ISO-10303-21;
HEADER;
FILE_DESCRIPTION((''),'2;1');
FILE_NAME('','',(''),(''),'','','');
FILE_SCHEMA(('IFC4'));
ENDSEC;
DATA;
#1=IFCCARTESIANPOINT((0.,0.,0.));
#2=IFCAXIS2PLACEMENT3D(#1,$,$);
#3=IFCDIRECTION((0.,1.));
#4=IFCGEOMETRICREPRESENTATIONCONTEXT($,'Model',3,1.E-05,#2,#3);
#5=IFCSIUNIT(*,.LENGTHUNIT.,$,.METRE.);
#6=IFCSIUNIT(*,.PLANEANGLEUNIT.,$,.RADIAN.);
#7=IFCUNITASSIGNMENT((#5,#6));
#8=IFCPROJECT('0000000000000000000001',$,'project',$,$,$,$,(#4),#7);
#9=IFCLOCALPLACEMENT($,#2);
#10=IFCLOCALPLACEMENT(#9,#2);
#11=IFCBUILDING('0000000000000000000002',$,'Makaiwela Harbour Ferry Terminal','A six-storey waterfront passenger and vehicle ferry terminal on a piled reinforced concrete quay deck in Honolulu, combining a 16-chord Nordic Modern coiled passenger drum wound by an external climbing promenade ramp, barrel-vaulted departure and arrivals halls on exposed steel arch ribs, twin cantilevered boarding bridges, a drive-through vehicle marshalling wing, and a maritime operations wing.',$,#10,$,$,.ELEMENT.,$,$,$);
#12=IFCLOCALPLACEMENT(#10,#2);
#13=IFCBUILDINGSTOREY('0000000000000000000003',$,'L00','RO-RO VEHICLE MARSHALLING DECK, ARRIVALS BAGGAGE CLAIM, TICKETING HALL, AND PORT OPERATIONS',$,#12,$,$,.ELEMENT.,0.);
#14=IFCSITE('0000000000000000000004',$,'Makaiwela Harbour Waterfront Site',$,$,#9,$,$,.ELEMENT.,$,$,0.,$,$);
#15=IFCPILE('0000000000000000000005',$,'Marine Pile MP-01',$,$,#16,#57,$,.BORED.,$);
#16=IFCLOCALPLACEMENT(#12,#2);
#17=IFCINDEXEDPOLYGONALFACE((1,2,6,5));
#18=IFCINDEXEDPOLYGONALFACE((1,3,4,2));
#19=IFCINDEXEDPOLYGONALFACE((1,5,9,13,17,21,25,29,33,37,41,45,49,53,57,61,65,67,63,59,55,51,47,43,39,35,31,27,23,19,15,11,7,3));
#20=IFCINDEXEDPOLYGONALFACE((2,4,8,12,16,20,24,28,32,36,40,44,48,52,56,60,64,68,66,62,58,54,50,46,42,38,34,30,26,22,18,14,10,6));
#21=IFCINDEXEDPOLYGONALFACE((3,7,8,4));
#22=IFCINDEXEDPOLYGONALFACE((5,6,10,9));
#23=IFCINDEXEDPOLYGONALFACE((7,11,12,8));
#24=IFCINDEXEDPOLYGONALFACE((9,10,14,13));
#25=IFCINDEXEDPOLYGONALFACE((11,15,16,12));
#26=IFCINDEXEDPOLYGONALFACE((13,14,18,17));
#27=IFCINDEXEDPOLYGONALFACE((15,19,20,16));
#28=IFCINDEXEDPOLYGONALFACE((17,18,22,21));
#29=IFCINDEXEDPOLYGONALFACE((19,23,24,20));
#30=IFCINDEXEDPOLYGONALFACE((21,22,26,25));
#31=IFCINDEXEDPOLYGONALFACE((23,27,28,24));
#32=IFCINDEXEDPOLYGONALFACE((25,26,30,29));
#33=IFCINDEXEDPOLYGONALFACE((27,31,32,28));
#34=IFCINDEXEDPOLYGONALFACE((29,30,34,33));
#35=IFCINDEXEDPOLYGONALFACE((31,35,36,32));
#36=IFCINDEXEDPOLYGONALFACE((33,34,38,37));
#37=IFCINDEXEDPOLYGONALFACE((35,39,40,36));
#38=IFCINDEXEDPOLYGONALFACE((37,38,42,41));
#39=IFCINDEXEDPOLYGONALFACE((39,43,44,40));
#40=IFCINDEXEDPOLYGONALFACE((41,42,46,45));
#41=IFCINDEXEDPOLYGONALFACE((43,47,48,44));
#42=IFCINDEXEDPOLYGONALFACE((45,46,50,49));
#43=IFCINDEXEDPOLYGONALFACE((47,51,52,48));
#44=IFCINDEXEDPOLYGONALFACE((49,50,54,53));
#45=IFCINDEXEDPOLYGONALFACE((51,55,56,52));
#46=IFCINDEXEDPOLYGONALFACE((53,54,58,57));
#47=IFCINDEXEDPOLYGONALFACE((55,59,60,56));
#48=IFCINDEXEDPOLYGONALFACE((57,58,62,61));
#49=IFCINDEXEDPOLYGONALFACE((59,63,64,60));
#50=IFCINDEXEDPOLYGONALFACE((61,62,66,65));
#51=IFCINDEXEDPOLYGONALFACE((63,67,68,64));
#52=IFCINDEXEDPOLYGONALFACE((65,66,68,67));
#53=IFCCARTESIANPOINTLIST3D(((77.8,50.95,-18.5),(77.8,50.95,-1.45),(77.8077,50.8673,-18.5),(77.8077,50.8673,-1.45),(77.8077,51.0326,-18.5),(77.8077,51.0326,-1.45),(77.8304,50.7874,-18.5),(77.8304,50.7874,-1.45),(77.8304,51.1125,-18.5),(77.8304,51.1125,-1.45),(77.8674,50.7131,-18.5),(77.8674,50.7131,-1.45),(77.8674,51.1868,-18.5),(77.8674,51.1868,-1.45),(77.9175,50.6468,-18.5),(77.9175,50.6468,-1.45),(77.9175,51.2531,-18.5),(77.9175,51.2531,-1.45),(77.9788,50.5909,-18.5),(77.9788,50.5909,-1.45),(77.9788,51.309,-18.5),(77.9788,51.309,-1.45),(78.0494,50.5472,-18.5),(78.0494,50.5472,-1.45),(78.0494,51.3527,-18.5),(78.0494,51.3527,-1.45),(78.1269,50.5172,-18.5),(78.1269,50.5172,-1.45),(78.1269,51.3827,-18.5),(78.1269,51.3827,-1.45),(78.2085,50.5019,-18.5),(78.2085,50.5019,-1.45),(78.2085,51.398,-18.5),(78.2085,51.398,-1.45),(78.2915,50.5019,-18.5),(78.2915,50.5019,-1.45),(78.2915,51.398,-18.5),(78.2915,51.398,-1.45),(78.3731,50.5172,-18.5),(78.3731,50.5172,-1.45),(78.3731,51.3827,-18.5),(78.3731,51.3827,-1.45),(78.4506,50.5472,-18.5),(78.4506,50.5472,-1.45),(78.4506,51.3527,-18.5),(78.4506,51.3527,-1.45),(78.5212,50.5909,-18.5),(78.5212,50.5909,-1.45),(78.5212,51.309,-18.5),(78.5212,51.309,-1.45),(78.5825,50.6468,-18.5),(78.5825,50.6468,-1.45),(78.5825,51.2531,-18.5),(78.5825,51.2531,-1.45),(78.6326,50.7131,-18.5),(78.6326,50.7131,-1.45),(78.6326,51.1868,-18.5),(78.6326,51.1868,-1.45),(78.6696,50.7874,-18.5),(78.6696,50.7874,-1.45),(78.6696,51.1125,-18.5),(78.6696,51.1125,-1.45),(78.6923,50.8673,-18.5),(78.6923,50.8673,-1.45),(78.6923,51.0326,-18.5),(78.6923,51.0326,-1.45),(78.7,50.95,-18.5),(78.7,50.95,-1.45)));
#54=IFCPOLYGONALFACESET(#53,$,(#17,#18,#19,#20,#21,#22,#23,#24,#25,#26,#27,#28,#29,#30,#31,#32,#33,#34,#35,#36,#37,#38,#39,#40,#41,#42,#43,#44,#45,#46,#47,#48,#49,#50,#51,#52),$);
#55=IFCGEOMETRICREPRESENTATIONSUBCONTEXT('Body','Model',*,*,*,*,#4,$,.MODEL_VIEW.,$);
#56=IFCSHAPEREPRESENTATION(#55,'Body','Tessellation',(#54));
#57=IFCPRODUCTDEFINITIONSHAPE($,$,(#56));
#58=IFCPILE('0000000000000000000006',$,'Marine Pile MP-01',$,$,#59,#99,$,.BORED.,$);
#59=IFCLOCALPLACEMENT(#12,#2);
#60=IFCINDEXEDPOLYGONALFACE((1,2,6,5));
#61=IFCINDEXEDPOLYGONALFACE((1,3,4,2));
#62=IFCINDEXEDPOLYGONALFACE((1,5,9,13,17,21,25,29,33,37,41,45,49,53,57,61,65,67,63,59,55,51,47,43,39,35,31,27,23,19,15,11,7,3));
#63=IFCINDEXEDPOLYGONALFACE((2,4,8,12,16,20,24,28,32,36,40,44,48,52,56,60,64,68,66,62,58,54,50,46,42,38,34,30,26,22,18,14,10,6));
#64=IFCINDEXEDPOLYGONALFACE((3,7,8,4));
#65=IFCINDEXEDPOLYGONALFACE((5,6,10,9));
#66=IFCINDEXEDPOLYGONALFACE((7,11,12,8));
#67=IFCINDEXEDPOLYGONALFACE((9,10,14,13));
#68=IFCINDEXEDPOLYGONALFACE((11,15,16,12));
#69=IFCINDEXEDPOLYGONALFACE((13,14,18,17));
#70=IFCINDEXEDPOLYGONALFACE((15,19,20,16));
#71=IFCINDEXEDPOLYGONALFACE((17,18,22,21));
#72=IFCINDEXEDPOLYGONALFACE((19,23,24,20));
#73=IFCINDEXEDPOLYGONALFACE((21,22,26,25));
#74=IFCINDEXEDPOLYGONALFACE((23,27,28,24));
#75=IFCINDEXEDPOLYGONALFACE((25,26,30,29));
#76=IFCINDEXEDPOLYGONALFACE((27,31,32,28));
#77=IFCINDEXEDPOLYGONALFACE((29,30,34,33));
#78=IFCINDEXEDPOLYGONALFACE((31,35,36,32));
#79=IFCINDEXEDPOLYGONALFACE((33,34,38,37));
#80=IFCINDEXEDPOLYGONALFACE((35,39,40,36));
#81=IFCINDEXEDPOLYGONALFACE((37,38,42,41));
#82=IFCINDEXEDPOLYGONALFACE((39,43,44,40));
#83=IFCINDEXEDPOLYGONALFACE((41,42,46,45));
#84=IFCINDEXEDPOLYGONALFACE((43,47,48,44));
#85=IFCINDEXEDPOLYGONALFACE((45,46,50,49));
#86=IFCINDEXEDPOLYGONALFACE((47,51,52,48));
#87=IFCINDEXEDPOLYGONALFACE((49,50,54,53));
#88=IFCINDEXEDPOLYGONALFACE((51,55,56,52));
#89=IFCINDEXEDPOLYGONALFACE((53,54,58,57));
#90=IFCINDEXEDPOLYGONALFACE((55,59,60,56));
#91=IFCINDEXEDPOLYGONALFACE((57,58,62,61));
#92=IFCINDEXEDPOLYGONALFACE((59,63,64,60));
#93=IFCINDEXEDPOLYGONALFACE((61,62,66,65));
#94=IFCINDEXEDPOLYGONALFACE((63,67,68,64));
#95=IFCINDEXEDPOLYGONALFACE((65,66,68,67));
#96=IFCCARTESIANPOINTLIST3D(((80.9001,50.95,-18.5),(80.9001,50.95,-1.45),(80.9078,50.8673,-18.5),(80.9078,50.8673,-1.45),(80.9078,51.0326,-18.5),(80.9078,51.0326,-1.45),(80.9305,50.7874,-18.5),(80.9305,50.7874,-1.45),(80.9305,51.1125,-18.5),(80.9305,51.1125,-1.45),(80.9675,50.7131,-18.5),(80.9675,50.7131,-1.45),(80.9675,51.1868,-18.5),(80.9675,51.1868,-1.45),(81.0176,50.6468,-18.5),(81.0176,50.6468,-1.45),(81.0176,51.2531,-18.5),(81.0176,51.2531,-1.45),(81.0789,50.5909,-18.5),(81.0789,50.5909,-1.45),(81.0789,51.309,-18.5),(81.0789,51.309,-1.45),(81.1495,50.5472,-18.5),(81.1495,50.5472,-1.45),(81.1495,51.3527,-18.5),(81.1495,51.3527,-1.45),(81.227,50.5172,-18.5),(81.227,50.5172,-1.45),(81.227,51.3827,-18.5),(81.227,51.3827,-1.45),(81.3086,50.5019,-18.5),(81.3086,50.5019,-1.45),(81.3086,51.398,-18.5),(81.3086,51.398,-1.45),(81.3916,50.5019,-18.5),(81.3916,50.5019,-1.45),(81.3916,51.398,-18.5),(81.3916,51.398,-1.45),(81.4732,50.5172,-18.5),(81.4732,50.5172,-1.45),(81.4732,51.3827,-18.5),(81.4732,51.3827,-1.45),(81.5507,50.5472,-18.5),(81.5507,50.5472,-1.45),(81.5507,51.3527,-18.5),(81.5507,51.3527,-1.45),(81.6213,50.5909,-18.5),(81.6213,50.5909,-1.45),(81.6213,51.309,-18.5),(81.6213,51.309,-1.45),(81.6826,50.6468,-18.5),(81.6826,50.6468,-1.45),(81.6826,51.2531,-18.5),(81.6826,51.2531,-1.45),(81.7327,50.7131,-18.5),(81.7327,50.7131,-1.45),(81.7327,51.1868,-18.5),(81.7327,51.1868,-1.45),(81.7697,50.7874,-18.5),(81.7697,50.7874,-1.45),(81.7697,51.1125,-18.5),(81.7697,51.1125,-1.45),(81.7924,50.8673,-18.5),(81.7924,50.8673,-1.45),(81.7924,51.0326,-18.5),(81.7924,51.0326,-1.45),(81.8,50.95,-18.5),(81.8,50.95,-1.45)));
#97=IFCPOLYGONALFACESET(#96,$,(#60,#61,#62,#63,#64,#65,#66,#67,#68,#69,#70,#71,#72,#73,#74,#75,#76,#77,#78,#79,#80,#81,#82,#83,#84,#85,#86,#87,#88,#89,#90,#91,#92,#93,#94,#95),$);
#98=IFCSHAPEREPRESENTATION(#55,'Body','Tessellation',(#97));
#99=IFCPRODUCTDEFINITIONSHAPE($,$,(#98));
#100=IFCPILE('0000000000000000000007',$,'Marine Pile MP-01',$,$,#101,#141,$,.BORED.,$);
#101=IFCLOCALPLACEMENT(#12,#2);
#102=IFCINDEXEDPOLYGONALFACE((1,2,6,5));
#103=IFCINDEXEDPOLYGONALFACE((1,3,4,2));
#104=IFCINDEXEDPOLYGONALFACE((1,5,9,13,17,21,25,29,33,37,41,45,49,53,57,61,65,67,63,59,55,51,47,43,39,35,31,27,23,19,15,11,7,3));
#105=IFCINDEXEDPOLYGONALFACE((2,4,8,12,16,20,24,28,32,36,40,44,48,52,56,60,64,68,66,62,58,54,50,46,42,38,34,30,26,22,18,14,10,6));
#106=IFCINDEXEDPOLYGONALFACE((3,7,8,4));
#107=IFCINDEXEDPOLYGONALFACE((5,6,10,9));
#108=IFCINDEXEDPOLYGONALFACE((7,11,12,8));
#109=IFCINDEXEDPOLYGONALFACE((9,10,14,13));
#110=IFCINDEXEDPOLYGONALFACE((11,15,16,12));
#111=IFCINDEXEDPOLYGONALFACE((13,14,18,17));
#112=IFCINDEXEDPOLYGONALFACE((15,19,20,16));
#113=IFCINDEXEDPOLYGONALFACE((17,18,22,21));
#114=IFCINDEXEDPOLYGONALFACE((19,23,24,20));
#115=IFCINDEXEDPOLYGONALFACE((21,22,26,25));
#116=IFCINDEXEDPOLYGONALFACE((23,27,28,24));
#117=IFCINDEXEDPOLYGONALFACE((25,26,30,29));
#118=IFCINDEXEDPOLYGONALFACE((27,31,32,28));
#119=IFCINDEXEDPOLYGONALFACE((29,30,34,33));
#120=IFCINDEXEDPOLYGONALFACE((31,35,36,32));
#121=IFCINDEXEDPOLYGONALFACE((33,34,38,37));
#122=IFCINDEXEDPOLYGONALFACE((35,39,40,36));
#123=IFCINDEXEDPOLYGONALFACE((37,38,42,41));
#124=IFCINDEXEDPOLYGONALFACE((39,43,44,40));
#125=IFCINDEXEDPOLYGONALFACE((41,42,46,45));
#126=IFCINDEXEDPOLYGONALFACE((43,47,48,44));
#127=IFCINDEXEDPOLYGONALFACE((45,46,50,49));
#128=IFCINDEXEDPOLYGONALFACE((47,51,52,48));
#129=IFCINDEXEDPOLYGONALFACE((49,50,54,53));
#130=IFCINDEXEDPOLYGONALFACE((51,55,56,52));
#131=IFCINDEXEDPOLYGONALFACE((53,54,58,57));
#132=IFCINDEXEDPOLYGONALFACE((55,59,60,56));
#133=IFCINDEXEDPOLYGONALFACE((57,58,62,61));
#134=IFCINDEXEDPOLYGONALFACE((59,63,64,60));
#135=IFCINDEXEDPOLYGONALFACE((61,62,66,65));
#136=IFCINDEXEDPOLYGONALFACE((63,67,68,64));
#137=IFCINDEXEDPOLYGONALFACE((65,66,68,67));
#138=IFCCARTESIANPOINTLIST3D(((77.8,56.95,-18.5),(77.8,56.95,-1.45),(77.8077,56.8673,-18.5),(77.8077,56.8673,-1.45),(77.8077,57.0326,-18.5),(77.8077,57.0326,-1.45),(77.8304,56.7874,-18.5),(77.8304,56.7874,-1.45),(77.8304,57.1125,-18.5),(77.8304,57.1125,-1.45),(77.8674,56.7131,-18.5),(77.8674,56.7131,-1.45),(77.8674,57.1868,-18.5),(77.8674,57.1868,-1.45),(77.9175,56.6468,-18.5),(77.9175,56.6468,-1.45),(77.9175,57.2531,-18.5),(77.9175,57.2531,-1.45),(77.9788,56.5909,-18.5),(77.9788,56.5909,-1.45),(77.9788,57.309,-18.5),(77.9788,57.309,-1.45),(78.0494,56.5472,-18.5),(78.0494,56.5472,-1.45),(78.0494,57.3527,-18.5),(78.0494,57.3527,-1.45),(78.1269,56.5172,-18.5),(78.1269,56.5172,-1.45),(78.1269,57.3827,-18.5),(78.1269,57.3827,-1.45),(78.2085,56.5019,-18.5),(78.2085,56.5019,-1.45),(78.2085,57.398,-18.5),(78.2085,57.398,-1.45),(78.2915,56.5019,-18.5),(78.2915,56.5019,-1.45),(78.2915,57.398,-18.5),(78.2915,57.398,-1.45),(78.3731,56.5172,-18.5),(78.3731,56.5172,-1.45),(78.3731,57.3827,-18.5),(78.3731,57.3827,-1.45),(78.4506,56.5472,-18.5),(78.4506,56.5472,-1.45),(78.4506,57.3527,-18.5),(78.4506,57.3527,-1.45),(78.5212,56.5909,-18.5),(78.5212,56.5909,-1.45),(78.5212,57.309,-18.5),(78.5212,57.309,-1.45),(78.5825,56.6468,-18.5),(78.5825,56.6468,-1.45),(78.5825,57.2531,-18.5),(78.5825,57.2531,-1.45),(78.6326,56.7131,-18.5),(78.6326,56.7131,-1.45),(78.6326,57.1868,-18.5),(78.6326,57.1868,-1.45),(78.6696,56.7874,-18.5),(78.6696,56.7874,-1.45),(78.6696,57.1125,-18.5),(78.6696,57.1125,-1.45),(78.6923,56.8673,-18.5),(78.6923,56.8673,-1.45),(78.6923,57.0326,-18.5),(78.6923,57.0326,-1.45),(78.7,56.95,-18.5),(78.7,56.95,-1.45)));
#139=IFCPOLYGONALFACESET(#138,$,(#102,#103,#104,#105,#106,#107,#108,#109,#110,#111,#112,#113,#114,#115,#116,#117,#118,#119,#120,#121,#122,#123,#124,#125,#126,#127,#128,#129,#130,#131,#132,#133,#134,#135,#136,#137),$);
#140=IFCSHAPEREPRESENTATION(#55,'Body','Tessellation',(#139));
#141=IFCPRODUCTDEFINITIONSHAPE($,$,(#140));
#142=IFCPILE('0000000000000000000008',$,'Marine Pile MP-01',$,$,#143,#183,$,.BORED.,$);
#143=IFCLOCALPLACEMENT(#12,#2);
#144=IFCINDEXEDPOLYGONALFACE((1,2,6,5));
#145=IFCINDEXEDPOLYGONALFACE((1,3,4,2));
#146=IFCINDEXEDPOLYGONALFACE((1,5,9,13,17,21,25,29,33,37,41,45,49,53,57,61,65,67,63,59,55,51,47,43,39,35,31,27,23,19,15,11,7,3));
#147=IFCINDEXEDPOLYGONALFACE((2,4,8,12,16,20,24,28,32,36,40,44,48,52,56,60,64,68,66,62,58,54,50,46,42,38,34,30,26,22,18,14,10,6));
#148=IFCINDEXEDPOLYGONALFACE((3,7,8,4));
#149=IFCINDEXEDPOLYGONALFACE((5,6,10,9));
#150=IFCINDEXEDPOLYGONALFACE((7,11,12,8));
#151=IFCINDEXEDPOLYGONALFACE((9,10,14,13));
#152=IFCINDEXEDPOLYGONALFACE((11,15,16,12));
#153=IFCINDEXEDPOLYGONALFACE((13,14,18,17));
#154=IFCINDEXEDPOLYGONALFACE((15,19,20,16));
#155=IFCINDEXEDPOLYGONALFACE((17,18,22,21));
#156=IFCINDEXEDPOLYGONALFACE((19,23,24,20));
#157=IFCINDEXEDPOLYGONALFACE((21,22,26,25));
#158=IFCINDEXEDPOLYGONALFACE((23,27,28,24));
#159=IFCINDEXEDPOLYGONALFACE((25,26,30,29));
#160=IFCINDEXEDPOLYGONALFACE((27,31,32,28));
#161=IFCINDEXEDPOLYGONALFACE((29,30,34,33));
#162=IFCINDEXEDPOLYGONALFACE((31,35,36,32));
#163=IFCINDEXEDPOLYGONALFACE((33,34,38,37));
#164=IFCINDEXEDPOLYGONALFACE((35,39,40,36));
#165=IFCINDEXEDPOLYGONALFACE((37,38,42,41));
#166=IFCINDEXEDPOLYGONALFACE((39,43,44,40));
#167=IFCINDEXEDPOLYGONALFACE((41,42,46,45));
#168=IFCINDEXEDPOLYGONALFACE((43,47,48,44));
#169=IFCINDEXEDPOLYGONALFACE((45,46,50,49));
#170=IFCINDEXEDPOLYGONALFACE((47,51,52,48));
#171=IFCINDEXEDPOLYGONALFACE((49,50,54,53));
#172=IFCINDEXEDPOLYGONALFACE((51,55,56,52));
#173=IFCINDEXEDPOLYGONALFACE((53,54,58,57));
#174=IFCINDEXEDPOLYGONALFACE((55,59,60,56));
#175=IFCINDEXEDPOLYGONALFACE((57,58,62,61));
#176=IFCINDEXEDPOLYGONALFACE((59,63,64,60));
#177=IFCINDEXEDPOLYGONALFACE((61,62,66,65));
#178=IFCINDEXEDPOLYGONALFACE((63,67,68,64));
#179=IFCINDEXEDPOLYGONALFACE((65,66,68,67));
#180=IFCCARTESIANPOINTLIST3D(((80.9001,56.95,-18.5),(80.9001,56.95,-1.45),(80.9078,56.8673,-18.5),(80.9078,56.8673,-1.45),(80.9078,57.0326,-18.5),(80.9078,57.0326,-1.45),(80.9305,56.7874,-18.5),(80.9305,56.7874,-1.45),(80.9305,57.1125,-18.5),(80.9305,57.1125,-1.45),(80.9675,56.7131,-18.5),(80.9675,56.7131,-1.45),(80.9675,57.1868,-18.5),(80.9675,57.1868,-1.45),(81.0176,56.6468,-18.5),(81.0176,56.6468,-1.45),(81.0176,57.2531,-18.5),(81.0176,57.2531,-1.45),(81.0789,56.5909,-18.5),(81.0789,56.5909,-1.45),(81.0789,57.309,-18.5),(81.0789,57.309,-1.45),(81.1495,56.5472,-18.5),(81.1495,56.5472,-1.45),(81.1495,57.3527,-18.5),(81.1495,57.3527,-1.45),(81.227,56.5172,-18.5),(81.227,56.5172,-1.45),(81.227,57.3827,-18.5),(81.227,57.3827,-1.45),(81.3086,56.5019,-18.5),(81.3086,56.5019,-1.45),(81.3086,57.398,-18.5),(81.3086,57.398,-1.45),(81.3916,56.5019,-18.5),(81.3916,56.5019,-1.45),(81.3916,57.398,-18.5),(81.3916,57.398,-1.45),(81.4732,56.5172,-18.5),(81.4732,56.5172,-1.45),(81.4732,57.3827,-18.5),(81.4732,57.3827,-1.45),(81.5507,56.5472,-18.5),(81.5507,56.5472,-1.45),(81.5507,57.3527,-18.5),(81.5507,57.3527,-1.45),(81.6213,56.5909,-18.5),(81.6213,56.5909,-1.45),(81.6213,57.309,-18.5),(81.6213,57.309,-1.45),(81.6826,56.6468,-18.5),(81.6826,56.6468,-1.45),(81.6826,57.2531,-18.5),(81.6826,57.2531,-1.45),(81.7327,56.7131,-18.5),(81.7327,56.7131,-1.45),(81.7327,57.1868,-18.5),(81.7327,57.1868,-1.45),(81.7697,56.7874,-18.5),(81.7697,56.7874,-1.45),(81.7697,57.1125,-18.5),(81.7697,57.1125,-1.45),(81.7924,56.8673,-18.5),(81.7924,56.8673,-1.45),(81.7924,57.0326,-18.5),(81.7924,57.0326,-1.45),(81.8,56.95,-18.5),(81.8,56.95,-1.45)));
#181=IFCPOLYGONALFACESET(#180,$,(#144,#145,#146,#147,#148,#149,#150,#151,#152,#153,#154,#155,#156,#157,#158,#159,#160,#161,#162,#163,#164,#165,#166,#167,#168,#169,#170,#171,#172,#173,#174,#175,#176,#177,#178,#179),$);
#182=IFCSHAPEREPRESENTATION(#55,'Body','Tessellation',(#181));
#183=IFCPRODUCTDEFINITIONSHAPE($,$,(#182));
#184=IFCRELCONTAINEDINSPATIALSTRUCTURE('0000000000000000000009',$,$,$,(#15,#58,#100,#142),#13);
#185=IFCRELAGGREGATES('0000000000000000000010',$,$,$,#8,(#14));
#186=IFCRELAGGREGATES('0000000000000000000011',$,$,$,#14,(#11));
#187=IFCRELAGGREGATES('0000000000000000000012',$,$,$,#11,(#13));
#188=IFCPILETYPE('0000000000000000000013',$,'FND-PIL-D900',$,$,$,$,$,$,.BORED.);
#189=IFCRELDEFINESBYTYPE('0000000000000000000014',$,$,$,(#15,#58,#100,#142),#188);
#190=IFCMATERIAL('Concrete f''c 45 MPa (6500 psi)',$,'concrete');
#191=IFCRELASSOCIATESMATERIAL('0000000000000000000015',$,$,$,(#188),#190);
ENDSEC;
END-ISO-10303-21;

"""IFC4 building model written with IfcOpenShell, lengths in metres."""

from ifc_helpers import new_model, si_unit, direction, frame, origin, origin_2d, place, context, subcontext, project, spatial, circle, extrude, material, material_profile, profile_set, type_object, element, save


model = new_model("IFC4")

# Units and contexts
model_context = context("Model", 3, precision=1e-05, world=origin(), true_north=direction((0.0, 1.0)))
body_context = subcontext(model_context, "Body", "Model", "MODEL_VIEW")
ifc_project = project(units=[si_unit("LENGTHUNIT", "METRE"), si_unit("PLANEANGLEUNIT", "RADIAN")], contexts=[model_context])

# Site, building, storey
site_placement = place(None, origin())
site = spatial("IfcSite", under=ifc_project, at=site_placement, Name="Makaiwela Harbour Waterfront Site", CompositionType="ELEMENT", RefElevation=0.0)
building_placement = place(site_placement, origin())
building = spatial("IfcBuilding", under=site, at=building_placement, Name="Makaiwela Harbour Ferry Terminal", Description="A six-storey waterfront passenger and vehicle ferry terminal on a piled reinforced concrete quay deck in Honolulu, combining a 16-chord Nordic Modern coiled passenger drum wound by an external climbing promenade ramp, barrel-vaulted departure and arrivals halls on exposed steel arch ribs, twin cantilevered boarding bridges, a drive-through vehicle marshalling wing, and a maritime operations wing.", CompositionType="ELEMENT")
storey_placement = place(building_placement, origin())
storey = spatial("IfcBuildingStorey", under=building, at=storey_placement, Name="L00", Description="RO-RO VEHICLE MARSHALLING DECK, ARRIVALS BAGGAGE CLAIM, TICKETING HALL, AND PORT OPERATIONS", CompositionType="ELEMENT", Elevation=0.0)

# Shared definitions
ifc_material_1 = material(Name="Concrete f'c 45 MPa (6500 psi)", Category="concrete")

# Piles
ifc_material_profile_1 = material_profile(ifc_material_1, circle(Radius=0.45, at=origin_2d()), Name="PILE-D900")
ifc_profile_set_1 = profile_set([ifc_material_profile_1], Name="Concrete f'c 45 MPa (6500 psi)")
pile_type = type_object("IfcPileType", Name="FND-PIL-D900", PredefinedType="BORED", material=ifc_profile_set_1)
for number, where, z_axis, x_axis, name in (
    (1, (78.25, 50.95, -1.45), (0.0, 0.0, -1.0), (1.0, 0.0, 0.0), "Marine Pile MP-01"),
    (2, (81.3501, 50.95, -1.45), (0.0, 0.0, -1.0), (1.0, 0.0, 0.0), "Marine Pile MP-01"),
    (3, (78.25, 56.95, -1.45), (0.0, 0.0, -1.0), (1.0, 0.0, 0.0), "Marine Pile MP-01"),
    (4, (81.3501, 56.95, -1.45), (0.0, 0.0, -1.0), (1.0, 0.0, 0.0), "Marine Pile MP-01"),
):
    element("IfcPile", number, at=place(storey_placement, frame(where, z_axis=z_axis, x_axis=x_axis)), inside=storey, type_object=pile_type, Name=name, PredefinedType="BORED", context=body_context, shape_type="SweptSolid", body=[
        extrude(circle(Radius=0.45, at=origin_2d()), origin(), (0.0, 0.0, 1.0), 17.05),
    ])

save(model, "model.ifc")
